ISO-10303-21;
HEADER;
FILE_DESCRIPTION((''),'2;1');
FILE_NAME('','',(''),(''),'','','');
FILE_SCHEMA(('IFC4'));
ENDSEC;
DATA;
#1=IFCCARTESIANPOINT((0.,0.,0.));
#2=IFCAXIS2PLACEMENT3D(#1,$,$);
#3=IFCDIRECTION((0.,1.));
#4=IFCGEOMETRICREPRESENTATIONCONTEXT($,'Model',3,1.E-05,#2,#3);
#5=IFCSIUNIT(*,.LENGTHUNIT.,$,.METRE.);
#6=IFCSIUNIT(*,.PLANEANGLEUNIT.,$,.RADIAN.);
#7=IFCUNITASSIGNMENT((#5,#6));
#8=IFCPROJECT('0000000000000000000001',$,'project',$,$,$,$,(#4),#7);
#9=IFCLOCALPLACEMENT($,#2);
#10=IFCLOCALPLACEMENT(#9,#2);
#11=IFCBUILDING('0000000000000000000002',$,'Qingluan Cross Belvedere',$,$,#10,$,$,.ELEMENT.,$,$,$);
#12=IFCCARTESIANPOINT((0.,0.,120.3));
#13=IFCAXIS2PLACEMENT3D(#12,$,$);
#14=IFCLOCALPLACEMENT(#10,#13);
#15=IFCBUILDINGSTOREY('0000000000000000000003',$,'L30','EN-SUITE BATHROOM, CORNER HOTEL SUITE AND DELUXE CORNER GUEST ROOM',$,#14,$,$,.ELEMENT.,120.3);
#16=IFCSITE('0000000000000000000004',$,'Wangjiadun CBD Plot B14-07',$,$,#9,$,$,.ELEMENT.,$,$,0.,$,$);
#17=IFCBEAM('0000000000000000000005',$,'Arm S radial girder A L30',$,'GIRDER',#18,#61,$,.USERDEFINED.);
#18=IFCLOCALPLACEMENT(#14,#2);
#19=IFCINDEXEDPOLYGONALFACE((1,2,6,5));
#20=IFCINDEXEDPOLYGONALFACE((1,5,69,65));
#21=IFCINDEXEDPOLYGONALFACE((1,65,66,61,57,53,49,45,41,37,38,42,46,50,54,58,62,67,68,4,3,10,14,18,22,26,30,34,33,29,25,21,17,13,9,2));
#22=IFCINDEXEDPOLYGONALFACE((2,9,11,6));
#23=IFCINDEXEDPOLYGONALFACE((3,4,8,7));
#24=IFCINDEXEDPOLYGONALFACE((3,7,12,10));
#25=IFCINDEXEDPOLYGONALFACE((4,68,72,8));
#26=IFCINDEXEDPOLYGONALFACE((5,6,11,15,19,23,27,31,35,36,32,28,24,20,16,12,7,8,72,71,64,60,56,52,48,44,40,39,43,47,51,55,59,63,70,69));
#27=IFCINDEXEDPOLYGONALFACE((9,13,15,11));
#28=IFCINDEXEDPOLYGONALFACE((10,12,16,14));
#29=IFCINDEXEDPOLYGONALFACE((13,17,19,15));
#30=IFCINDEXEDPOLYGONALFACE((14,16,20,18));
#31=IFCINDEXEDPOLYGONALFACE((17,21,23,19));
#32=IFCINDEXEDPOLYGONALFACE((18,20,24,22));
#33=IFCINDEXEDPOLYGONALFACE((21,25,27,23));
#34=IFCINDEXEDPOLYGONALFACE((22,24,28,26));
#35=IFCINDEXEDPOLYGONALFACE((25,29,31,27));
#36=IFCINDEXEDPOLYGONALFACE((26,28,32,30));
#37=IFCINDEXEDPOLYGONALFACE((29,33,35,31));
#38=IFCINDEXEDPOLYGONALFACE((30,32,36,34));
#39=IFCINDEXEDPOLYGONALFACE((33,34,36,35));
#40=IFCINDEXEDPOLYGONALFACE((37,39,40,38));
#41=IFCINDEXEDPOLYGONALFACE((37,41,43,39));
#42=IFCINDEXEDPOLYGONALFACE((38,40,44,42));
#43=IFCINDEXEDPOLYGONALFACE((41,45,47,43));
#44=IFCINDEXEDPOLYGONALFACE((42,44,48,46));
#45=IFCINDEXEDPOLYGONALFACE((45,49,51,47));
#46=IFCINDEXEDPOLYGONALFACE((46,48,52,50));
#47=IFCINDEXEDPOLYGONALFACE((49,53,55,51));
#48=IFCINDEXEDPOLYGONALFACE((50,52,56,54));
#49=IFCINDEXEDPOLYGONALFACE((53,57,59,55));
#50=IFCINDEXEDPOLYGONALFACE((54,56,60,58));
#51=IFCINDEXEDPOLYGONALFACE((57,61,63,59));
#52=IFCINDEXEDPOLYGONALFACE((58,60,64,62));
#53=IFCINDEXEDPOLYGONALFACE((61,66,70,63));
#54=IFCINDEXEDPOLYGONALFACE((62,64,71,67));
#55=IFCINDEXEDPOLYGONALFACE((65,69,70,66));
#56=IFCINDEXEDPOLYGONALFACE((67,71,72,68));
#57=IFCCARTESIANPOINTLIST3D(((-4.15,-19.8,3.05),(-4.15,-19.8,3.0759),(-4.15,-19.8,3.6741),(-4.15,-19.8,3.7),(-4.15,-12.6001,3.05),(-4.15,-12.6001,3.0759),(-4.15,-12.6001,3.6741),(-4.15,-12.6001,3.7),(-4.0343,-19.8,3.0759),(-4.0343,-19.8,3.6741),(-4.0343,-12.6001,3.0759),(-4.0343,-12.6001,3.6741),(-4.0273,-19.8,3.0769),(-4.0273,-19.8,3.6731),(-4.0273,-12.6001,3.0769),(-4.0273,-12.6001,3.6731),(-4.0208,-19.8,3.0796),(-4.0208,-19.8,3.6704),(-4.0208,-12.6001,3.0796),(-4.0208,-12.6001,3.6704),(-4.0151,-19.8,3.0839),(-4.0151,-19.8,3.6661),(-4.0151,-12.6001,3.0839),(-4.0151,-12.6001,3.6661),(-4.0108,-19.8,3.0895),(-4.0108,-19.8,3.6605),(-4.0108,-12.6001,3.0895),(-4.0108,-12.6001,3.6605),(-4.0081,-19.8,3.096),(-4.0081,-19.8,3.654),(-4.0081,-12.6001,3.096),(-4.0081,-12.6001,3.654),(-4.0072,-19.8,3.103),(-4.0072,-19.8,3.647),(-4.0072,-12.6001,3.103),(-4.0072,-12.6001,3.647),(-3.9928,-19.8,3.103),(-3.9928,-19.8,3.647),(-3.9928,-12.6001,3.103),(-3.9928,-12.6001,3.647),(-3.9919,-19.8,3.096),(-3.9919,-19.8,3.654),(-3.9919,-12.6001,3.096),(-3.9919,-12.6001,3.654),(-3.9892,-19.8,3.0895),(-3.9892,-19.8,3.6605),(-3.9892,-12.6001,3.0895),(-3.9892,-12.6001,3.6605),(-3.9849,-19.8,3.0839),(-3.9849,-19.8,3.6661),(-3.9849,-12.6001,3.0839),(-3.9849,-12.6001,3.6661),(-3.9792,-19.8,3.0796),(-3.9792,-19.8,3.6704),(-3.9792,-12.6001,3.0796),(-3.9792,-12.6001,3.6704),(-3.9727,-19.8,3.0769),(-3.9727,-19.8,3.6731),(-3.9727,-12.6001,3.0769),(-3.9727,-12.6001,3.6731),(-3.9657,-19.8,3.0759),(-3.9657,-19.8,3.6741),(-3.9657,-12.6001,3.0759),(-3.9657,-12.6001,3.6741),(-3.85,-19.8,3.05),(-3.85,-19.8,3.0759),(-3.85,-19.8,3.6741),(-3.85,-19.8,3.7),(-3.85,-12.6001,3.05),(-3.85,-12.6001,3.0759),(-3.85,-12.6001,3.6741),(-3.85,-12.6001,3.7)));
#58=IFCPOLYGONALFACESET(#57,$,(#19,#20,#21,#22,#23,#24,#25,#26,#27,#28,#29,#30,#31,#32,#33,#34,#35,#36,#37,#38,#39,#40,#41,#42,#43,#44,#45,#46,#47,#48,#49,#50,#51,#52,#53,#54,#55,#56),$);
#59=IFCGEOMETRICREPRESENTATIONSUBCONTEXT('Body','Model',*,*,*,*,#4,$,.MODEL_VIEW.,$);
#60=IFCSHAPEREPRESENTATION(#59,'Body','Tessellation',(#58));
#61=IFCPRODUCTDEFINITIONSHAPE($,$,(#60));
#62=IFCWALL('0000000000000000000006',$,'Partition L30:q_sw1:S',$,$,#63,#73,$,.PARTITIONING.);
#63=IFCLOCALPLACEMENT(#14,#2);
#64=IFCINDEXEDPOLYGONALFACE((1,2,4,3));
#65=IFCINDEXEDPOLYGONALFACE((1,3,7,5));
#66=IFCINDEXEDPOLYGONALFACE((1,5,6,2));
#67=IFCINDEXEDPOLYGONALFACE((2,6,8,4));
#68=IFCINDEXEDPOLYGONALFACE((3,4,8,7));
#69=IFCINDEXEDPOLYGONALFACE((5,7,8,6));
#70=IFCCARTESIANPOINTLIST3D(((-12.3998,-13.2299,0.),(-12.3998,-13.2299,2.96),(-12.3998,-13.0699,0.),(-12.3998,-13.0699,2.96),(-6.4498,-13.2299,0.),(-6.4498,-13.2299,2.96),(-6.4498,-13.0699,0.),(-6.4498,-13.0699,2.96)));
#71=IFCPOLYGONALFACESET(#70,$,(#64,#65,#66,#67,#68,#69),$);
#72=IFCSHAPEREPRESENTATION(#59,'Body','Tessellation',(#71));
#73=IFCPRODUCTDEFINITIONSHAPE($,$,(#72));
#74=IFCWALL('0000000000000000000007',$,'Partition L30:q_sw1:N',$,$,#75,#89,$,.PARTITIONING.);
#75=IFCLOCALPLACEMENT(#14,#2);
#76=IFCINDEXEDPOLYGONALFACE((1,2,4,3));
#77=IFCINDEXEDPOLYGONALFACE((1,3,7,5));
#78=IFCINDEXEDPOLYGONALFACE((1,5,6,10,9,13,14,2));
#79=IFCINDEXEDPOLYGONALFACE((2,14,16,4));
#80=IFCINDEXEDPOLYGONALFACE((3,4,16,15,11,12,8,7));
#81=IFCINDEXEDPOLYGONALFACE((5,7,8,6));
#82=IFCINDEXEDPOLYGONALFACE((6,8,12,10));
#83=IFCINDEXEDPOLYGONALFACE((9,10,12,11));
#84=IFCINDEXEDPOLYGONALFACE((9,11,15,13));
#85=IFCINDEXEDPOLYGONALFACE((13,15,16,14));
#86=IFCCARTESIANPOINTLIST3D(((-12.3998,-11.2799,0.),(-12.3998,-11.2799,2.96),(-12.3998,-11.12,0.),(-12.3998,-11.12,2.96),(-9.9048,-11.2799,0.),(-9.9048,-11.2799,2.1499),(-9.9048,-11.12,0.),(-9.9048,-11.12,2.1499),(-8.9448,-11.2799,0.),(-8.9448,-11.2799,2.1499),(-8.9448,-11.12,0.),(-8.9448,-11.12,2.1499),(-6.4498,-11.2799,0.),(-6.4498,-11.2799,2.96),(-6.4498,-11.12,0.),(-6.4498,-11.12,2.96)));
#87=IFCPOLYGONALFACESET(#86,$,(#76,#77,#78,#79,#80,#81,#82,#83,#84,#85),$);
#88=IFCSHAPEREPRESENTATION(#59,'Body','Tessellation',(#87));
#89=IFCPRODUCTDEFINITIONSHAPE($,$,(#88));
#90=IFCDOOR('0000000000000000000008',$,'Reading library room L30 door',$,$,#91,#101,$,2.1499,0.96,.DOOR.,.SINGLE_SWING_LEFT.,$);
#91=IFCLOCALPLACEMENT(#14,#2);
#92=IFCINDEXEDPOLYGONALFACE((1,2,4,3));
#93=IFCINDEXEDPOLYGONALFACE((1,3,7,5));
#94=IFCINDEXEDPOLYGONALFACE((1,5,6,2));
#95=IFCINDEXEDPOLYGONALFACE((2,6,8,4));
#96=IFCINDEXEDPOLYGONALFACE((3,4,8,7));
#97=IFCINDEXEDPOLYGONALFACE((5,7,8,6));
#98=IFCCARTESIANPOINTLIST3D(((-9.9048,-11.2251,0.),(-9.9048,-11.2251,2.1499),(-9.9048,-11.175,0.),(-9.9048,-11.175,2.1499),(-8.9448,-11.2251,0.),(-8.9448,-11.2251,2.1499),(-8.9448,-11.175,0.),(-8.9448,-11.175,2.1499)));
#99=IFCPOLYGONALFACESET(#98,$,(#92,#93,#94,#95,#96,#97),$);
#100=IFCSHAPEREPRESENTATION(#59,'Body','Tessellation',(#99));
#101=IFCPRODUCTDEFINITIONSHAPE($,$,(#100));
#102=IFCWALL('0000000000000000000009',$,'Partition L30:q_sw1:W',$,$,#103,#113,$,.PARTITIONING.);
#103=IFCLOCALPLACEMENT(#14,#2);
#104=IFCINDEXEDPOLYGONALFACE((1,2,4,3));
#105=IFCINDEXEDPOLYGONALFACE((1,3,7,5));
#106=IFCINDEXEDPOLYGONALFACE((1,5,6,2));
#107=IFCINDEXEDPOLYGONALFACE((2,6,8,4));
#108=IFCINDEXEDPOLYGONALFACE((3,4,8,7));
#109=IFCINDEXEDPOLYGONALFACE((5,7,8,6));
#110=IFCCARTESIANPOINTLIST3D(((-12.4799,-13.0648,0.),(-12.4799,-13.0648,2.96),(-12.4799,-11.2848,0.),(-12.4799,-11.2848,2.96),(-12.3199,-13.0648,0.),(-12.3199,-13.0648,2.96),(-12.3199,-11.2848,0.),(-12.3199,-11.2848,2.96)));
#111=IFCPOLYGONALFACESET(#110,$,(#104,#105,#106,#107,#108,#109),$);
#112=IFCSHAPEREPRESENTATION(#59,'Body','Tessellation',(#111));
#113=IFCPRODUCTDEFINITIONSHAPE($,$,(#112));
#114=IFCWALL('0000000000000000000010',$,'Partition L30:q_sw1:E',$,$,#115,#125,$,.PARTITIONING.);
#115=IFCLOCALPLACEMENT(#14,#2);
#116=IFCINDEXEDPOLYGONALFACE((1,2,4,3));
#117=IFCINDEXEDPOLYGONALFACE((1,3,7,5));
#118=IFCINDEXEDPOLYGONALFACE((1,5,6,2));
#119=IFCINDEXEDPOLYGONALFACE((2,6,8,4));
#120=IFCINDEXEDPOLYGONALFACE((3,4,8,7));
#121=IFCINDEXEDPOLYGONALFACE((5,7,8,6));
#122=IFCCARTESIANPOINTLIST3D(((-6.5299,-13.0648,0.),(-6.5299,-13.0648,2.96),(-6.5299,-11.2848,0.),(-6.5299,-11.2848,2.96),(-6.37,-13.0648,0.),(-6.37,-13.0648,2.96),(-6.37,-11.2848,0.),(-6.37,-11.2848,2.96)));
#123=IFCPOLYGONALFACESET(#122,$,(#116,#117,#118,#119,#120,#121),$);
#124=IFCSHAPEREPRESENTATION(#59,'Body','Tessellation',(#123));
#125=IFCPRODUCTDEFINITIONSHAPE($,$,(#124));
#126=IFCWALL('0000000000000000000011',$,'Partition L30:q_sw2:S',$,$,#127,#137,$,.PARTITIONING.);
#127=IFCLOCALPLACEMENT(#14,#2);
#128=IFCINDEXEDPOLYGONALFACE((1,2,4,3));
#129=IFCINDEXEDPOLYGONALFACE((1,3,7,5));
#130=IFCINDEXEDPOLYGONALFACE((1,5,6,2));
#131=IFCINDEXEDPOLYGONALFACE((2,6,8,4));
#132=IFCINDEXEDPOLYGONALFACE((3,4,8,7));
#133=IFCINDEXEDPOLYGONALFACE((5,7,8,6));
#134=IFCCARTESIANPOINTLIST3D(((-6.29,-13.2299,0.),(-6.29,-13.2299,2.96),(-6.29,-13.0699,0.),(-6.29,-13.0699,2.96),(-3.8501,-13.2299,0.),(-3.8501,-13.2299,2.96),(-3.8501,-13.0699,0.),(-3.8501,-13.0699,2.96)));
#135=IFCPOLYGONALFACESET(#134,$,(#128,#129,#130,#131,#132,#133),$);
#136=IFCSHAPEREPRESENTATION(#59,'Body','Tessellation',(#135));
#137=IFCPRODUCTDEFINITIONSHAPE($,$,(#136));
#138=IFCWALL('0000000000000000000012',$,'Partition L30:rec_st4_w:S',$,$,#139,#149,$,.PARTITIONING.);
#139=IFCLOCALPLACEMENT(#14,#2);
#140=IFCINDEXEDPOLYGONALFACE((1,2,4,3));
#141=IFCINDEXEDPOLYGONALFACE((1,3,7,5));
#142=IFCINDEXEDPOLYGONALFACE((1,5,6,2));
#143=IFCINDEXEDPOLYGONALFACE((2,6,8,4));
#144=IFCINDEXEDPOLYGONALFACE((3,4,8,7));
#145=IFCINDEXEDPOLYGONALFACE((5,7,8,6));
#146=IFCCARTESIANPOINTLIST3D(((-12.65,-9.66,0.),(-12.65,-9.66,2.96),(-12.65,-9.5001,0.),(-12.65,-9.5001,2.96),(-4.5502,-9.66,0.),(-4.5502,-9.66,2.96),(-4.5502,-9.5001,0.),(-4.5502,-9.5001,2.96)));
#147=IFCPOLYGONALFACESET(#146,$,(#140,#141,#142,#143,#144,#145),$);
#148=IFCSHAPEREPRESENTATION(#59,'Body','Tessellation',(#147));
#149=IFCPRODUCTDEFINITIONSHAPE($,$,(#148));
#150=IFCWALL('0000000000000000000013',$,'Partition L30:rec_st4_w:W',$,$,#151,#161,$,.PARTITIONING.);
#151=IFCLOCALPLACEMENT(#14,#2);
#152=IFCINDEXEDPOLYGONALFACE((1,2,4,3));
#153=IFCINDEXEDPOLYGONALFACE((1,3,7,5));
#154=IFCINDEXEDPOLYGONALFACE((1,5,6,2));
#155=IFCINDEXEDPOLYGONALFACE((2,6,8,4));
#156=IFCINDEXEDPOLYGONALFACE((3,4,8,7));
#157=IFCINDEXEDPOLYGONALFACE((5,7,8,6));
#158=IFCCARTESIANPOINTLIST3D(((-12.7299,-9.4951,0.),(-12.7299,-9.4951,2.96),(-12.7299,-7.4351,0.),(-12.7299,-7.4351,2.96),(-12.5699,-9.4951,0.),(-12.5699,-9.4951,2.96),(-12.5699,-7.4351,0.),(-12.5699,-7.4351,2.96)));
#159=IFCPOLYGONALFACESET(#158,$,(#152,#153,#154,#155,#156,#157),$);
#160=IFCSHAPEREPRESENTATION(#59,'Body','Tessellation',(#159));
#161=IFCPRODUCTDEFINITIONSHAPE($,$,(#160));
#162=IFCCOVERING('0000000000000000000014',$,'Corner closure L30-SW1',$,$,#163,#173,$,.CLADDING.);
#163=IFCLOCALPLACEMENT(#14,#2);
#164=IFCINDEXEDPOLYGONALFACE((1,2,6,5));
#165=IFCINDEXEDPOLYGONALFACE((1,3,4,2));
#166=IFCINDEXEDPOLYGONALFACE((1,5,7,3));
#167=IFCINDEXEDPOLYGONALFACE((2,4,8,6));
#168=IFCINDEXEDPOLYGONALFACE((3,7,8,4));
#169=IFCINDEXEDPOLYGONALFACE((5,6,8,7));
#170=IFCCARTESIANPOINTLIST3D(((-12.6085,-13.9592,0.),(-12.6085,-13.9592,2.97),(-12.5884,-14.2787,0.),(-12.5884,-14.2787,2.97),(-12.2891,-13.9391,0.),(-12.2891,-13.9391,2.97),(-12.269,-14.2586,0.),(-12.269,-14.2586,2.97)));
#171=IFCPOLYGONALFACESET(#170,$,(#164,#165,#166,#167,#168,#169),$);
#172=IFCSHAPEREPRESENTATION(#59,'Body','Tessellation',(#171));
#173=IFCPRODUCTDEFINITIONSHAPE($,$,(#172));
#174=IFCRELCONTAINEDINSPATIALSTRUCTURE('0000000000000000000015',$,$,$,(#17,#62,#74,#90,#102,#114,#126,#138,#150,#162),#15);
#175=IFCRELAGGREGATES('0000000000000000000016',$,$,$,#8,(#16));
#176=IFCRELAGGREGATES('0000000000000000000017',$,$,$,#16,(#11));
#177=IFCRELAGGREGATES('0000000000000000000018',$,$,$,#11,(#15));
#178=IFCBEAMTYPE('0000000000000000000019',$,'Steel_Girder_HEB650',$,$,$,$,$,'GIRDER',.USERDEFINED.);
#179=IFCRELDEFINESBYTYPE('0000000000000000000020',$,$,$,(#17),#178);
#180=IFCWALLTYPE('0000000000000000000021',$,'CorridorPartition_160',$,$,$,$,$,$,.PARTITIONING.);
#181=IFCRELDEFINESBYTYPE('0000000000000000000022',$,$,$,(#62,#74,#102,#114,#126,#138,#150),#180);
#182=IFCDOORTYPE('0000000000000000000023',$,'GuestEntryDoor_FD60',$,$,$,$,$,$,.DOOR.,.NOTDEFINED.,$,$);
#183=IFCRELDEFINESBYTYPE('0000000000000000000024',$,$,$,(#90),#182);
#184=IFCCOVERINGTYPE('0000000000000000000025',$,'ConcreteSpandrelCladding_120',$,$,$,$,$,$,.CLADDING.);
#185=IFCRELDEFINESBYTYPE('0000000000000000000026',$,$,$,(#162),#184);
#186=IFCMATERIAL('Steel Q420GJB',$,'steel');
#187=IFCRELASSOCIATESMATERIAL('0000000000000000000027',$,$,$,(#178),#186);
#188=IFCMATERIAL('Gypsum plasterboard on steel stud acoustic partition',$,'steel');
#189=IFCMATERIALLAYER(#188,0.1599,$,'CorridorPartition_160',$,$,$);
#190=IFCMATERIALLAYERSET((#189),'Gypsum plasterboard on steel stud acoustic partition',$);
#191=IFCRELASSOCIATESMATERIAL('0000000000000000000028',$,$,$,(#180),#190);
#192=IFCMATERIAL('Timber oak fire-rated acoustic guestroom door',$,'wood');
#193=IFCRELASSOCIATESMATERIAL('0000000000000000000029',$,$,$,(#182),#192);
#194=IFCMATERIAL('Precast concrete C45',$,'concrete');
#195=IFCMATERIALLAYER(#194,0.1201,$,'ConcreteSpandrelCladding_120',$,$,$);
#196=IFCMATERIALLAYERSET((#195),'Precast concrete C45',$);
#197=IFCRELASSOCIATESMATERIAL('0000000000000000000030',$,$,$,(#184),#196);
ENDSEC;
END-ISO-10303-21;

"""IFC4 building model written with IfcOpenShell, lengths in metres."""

from ifc_helpers import new_model, si_unit, direction, frame, frame_2d, origin, origin_2d, place, context, subcontext, project, spatial, rectangle, i_section, extrude, material, layer, layer_set, material_profile, profile_set, type_object, element, fill, save


model = new_model("IFC4")

# Units and contexts
model_context = context("Model", 3, precision=1e-05, world=origin(), true_north=direction((0.0, 1.0)))
body_context = subcontext(model_context, "Body", "Model", "MODEL_VIEW")
ifc_project = project(units=[si_unit("LENGTHUNIT", "METRE"), si_unit("PLANEANGLEUNIT", "RADIAN")], contexts=[model_context])

# Site, building, storey
site_placement = place(None, origin())
site = spatial("IfcSite", under=ifc_project, at=site_placement, Name="Wangjiadun CBD Plot B14-07", CompositionType="ELEMENT", RefElevation=0.0)
building_placement = place(site_placement, origin())
building = spatial("IfcBuilding", under=site, at=building_placement, Name="Qingluan Cross Belvedere", CompositionType="ELEMENT")
storey_placement = place(building_placement, frame((0.0, 0.0, 120.3)))
storey = spatial("IfcBuildingStorey", under=building, at=storey_placement, Name="L30", Description="EN-SUITE BATHROOM, CORNER HOTEL SUITE AND DELUXE CORNER GUEST ROOM", CompositionType="ELEMENT", Elevation=120.3)

# Beam
ifc_material_1 = material(Name="Steel Q420GJB", Category="steel")
ifc_material_profile_1 = material_profile(ifc_material_1, i_section(OverallWidth=0.3, OverallDepth=0.6499, WebThickness=0.0144, FlangeThickness=0.0259, FilletRadius=0.0271, at=origin_2d()), Name="HEB650")
ifc_profile_set_1 = profile_set([ifc_material_profile_1], Name="Steel Q420GJB")
beam_type_1 = type_object("IfcBeamType", Name="Steel_Girder_HEB650", ElementType="GIRDER", PredefinedType="USERDEFINED", material=ifc_profile_set_1)
beam_1_placement = place(storey_placement, frame((-4.0, -12.6001, 3.375), z_axis=(0.0, -1.0, 0.0), x_axis=(1.0, 0.0, 0.0)))
element("IfcBeam", 1, at=beam_1_placement, inside=storey, type_object=beam_type_1, Name="Arm S radial girder A L30", ObjectType="GIRDER", PredefinedType="USERDEFINED", context=body_context, shape_type="SweptSolid", body=[
    extrude(i_section(OverallWidth=0.3, OverallDepth=0.6499, WebThickness=0.0144, FlangeThickness=0.0259, FilletRadius=0.0271, at=origin_2d()), origin(), (0.0, 0.0, 1.0), 7.2),
])

# Wall
ifc_material_2 = material(Name="Gypsum plasterboard on steel stud acoustic partition", Category="steel")
ifc_layer_1 = layer(ifc_material_2, 0.1599, Name="CorridorPartition_160")
ifc_layer_set_1 = layer_set([ifc_layer_1], Name="Gypsum plasterboard on steel stud acoustic partition")
wall_type = type_object("IfcWallType", Name="CorridorPartition_160", PredefinedType="PARTITIONING", material=ifc_layer_set_1)
wall_1_placement = place(storey_placement, frame((-12.3999, -13.1499, 0.0), z_axis=(0.0, 0.0, 1.0), x_axis=(1.0, 0.0, 0.0)))
element("IfcWall", 2, at=wall_1_placement, inside=storey, type_object=wall_type, Name="Partition L30:q_sw1:S", PredefinedType="PARTITIONING", context=body_context, shape_type="SweptSolid", body=[
    extrude(rectangle(XDim=5.95, YDim=0.1599, at=frame_2d((2.9751, 0.0))), origin(), (0.0, 0.0, 1.0), 2.96),
])

# Wall, opening, door
wall_2_placement = place(storey_placement, frame((-12.3999, -11.2, 0.0), z_axis=(0.0, 0.0, 1.0), x_axis=(1.0, 0.0, 0.0)))
wall_2 = element("IfcWall", 3, at=wall_2_placement, inside=storey, type_object=wall_type, Name="Partition L30:q_sw1:N", PredefinedType="PARTITIONING", context=body_context, shape_type="SweptSolid", body=[
    extrude(rectangle(XDim=5.95, YDim=0.1599, at=frame_2d((2.9751, 0.0))), origin(), (0.0, 0.0, 1.0), 2.96),
])
opening_1_placement = place(wall_2_placement, frame((2.4951, 0.0, 0.0)))
opening_1 = element("IfcOpeningElement", 4, at=opening_1_placement, cuts=wall_2, PredefinedType="OPENING", context=body_context, shape_type="SweptSolid", body=[
    extrude(rectangle(XDim=0.96, YDim=2.1499, at=frame_2d((0.48, 1.075))), frame((0.0, 0.0898, 0.0), z_axis=(0.0, -1.0, 0.0), x_axis=(1.0, 0.0, 0.0)), (0.0, 0.0, 1.0), 0.1799),
])
ifc_material_3 = material(Name="Timber oak fire-rated acoustic guestroom door", Category="wood")
door_type = type_object("IfcDoorType", Name="GuestEntryDoor_FD60", OperationType="NOTDEFINED", PredefinedType="DOOR", material=ifc_material_3)
door_1_placement = place(opening_1_placement, origin())
door_1 = element("IfcDoor", 5, at=door_1_placement, inside=storey, type_object=door_type, Name="Reading library room L30 door", OperationType="SINGLE_SWING_LEFT", OverallHeight=2.1499, OverallWidth=0.96, PredefinedType="DOOR", context=body_context, shape_type="SweptSolid", body=[
    extrude(rectangle(XDim=0.96, YDim=2.1499, at=frame_2d((0.48, 1.075))), frame((0.0, 0.0249, 0.0), z_axis=(0.0, -1.0, 0.0), x_axis=(1.0, 0.0, 0.0)), (0.0, 0.0, 1.0), 0.05),
])
fill(opening_1, door_1)

# Walls
for number, where, z_axis, x_axis, name in (
    (6, (-12.3999, -13.0649, 0.0), (0.0, 0.0, 1.0), (0.0, 1.0, 0.0), "Partition L30:q_sw1:W"),
    (7, (-6.45, -13.0649, 0.0), (0.0, 0.0, 1.0), (0.0, 1.0, 0.0), "Partition L30:q_sw1:E"),
):
    element("IfcWall", number, at=place(storey_placement, frame(where, z_axis=z_axis, x_axis=x_axis)), inside=storey, type_object=wall_type, Name=name, PredefinedType="PARTITIONING", context=body_context, shape_type="SweptSolid", body=[
        extrude(rectangle(XDim=1.78, YDim=0.1599, at=frame_2d((0.8901, 0.0))), origin(), (0.0, 0.0, 1.0), 2.96),
    ])
wall_3_placement = place(storey_placement, frame((-6.29, -13.1499, 0.0), z_axis=(0.0, 0.0, 1.0), x_axis=(1.0, 0.0, 0.0)))
element("IfcWall", 8, at=wall_3_placement, inside=storey, type_object=wall_type, Name="Partition L30:q_sw2:S", PredefinedType="PARTITIONING", context=body_context, shape_type="SweptSolid", body=[
    extrude(rectangle(XDim=2.4399, YDim=0.1599, at=frame_2d((1.22, 0.0))), origin(), (0.0, 0.0, 1.0), 2.96),
])

# Walls
wall_4_placement = place(storey_placement, frame((-12.6499, -9.5801, 0.0), z_axis=(0.0, 0.0, 1.0), x_axis=(1.0, 0.0, 0.0)))
element("IfcWall", 9, at=wall_4_placement, inside=storey, type_object=wall_type, Name="Partition L30:rec_st4_w:S", PredefinedType="PARTITIONING", context=body_context, shape_type="SweptSolid", body=[
    extrude(rectangle(XDim=8.0999, YDim=0.1599, at=frame_2d((4.0498, 0.0))), origin(), (0.0, 0.0, 1.0), 2.96),
])
wall_5_placement = place(storey_placement, frame((-12.6499, -9.4951, 0.0), z_axis=(0.0, 0.0, 1.0), x_axis=(0.0, 1.0, 0.0)))
element("IfcWall", 10, at=wall_5_placement, inside=storey, type_object=wall_type, Name="Partition L30:rec_st4_w:W", PredefinedType="PARTITIONING", context=body_context, shape_type="SweptSolid", body=[
    extrude(rectangle(XDim=2.0601, YDim=0.1599, at=frame_2d((1.03, 0.0))), origin(), (0.0, 0.0, 1.0), 2.96),
])

# Covering
ifc_material_4 = material(Name="Precast concrete C45", Category="concrete")
ifc_layer_2 = layer(ifc_material_4, 0.1201, Name="ConcreteSpandrelCladding_120")
ifc_layer_set_2 = layer_set([ifc_layer_2], Name="Precast concrete C45")
covering_type = type_object("IfcCoveringType", Name="ConcreteSpandrelCladding_120", PredefinedType="CLADDING", material=ifc_layer_set_2)
covering_placement = place(storey_placement, frame((-12.4387, -14.1089, 0.0), z_axis=(0.0, 0.0, 1.0), x_axis=(0.998027, 0.062791, 0.0)))
element("IfcCovering", 11, at=covering_placement, inside=storey, type_object=covering_type, Name="Corner closure L30-SW1", PredefinedType="CLADDING", context=body_context, shape_type="SweptSolid", body=[
    extrude(rectangle(XDim=0.3201, YDim=0.3201, at=origin_2d()), origin(), (0.0, 0.0, 1.0), 2.97),
])

save(model, "model.ifc")
